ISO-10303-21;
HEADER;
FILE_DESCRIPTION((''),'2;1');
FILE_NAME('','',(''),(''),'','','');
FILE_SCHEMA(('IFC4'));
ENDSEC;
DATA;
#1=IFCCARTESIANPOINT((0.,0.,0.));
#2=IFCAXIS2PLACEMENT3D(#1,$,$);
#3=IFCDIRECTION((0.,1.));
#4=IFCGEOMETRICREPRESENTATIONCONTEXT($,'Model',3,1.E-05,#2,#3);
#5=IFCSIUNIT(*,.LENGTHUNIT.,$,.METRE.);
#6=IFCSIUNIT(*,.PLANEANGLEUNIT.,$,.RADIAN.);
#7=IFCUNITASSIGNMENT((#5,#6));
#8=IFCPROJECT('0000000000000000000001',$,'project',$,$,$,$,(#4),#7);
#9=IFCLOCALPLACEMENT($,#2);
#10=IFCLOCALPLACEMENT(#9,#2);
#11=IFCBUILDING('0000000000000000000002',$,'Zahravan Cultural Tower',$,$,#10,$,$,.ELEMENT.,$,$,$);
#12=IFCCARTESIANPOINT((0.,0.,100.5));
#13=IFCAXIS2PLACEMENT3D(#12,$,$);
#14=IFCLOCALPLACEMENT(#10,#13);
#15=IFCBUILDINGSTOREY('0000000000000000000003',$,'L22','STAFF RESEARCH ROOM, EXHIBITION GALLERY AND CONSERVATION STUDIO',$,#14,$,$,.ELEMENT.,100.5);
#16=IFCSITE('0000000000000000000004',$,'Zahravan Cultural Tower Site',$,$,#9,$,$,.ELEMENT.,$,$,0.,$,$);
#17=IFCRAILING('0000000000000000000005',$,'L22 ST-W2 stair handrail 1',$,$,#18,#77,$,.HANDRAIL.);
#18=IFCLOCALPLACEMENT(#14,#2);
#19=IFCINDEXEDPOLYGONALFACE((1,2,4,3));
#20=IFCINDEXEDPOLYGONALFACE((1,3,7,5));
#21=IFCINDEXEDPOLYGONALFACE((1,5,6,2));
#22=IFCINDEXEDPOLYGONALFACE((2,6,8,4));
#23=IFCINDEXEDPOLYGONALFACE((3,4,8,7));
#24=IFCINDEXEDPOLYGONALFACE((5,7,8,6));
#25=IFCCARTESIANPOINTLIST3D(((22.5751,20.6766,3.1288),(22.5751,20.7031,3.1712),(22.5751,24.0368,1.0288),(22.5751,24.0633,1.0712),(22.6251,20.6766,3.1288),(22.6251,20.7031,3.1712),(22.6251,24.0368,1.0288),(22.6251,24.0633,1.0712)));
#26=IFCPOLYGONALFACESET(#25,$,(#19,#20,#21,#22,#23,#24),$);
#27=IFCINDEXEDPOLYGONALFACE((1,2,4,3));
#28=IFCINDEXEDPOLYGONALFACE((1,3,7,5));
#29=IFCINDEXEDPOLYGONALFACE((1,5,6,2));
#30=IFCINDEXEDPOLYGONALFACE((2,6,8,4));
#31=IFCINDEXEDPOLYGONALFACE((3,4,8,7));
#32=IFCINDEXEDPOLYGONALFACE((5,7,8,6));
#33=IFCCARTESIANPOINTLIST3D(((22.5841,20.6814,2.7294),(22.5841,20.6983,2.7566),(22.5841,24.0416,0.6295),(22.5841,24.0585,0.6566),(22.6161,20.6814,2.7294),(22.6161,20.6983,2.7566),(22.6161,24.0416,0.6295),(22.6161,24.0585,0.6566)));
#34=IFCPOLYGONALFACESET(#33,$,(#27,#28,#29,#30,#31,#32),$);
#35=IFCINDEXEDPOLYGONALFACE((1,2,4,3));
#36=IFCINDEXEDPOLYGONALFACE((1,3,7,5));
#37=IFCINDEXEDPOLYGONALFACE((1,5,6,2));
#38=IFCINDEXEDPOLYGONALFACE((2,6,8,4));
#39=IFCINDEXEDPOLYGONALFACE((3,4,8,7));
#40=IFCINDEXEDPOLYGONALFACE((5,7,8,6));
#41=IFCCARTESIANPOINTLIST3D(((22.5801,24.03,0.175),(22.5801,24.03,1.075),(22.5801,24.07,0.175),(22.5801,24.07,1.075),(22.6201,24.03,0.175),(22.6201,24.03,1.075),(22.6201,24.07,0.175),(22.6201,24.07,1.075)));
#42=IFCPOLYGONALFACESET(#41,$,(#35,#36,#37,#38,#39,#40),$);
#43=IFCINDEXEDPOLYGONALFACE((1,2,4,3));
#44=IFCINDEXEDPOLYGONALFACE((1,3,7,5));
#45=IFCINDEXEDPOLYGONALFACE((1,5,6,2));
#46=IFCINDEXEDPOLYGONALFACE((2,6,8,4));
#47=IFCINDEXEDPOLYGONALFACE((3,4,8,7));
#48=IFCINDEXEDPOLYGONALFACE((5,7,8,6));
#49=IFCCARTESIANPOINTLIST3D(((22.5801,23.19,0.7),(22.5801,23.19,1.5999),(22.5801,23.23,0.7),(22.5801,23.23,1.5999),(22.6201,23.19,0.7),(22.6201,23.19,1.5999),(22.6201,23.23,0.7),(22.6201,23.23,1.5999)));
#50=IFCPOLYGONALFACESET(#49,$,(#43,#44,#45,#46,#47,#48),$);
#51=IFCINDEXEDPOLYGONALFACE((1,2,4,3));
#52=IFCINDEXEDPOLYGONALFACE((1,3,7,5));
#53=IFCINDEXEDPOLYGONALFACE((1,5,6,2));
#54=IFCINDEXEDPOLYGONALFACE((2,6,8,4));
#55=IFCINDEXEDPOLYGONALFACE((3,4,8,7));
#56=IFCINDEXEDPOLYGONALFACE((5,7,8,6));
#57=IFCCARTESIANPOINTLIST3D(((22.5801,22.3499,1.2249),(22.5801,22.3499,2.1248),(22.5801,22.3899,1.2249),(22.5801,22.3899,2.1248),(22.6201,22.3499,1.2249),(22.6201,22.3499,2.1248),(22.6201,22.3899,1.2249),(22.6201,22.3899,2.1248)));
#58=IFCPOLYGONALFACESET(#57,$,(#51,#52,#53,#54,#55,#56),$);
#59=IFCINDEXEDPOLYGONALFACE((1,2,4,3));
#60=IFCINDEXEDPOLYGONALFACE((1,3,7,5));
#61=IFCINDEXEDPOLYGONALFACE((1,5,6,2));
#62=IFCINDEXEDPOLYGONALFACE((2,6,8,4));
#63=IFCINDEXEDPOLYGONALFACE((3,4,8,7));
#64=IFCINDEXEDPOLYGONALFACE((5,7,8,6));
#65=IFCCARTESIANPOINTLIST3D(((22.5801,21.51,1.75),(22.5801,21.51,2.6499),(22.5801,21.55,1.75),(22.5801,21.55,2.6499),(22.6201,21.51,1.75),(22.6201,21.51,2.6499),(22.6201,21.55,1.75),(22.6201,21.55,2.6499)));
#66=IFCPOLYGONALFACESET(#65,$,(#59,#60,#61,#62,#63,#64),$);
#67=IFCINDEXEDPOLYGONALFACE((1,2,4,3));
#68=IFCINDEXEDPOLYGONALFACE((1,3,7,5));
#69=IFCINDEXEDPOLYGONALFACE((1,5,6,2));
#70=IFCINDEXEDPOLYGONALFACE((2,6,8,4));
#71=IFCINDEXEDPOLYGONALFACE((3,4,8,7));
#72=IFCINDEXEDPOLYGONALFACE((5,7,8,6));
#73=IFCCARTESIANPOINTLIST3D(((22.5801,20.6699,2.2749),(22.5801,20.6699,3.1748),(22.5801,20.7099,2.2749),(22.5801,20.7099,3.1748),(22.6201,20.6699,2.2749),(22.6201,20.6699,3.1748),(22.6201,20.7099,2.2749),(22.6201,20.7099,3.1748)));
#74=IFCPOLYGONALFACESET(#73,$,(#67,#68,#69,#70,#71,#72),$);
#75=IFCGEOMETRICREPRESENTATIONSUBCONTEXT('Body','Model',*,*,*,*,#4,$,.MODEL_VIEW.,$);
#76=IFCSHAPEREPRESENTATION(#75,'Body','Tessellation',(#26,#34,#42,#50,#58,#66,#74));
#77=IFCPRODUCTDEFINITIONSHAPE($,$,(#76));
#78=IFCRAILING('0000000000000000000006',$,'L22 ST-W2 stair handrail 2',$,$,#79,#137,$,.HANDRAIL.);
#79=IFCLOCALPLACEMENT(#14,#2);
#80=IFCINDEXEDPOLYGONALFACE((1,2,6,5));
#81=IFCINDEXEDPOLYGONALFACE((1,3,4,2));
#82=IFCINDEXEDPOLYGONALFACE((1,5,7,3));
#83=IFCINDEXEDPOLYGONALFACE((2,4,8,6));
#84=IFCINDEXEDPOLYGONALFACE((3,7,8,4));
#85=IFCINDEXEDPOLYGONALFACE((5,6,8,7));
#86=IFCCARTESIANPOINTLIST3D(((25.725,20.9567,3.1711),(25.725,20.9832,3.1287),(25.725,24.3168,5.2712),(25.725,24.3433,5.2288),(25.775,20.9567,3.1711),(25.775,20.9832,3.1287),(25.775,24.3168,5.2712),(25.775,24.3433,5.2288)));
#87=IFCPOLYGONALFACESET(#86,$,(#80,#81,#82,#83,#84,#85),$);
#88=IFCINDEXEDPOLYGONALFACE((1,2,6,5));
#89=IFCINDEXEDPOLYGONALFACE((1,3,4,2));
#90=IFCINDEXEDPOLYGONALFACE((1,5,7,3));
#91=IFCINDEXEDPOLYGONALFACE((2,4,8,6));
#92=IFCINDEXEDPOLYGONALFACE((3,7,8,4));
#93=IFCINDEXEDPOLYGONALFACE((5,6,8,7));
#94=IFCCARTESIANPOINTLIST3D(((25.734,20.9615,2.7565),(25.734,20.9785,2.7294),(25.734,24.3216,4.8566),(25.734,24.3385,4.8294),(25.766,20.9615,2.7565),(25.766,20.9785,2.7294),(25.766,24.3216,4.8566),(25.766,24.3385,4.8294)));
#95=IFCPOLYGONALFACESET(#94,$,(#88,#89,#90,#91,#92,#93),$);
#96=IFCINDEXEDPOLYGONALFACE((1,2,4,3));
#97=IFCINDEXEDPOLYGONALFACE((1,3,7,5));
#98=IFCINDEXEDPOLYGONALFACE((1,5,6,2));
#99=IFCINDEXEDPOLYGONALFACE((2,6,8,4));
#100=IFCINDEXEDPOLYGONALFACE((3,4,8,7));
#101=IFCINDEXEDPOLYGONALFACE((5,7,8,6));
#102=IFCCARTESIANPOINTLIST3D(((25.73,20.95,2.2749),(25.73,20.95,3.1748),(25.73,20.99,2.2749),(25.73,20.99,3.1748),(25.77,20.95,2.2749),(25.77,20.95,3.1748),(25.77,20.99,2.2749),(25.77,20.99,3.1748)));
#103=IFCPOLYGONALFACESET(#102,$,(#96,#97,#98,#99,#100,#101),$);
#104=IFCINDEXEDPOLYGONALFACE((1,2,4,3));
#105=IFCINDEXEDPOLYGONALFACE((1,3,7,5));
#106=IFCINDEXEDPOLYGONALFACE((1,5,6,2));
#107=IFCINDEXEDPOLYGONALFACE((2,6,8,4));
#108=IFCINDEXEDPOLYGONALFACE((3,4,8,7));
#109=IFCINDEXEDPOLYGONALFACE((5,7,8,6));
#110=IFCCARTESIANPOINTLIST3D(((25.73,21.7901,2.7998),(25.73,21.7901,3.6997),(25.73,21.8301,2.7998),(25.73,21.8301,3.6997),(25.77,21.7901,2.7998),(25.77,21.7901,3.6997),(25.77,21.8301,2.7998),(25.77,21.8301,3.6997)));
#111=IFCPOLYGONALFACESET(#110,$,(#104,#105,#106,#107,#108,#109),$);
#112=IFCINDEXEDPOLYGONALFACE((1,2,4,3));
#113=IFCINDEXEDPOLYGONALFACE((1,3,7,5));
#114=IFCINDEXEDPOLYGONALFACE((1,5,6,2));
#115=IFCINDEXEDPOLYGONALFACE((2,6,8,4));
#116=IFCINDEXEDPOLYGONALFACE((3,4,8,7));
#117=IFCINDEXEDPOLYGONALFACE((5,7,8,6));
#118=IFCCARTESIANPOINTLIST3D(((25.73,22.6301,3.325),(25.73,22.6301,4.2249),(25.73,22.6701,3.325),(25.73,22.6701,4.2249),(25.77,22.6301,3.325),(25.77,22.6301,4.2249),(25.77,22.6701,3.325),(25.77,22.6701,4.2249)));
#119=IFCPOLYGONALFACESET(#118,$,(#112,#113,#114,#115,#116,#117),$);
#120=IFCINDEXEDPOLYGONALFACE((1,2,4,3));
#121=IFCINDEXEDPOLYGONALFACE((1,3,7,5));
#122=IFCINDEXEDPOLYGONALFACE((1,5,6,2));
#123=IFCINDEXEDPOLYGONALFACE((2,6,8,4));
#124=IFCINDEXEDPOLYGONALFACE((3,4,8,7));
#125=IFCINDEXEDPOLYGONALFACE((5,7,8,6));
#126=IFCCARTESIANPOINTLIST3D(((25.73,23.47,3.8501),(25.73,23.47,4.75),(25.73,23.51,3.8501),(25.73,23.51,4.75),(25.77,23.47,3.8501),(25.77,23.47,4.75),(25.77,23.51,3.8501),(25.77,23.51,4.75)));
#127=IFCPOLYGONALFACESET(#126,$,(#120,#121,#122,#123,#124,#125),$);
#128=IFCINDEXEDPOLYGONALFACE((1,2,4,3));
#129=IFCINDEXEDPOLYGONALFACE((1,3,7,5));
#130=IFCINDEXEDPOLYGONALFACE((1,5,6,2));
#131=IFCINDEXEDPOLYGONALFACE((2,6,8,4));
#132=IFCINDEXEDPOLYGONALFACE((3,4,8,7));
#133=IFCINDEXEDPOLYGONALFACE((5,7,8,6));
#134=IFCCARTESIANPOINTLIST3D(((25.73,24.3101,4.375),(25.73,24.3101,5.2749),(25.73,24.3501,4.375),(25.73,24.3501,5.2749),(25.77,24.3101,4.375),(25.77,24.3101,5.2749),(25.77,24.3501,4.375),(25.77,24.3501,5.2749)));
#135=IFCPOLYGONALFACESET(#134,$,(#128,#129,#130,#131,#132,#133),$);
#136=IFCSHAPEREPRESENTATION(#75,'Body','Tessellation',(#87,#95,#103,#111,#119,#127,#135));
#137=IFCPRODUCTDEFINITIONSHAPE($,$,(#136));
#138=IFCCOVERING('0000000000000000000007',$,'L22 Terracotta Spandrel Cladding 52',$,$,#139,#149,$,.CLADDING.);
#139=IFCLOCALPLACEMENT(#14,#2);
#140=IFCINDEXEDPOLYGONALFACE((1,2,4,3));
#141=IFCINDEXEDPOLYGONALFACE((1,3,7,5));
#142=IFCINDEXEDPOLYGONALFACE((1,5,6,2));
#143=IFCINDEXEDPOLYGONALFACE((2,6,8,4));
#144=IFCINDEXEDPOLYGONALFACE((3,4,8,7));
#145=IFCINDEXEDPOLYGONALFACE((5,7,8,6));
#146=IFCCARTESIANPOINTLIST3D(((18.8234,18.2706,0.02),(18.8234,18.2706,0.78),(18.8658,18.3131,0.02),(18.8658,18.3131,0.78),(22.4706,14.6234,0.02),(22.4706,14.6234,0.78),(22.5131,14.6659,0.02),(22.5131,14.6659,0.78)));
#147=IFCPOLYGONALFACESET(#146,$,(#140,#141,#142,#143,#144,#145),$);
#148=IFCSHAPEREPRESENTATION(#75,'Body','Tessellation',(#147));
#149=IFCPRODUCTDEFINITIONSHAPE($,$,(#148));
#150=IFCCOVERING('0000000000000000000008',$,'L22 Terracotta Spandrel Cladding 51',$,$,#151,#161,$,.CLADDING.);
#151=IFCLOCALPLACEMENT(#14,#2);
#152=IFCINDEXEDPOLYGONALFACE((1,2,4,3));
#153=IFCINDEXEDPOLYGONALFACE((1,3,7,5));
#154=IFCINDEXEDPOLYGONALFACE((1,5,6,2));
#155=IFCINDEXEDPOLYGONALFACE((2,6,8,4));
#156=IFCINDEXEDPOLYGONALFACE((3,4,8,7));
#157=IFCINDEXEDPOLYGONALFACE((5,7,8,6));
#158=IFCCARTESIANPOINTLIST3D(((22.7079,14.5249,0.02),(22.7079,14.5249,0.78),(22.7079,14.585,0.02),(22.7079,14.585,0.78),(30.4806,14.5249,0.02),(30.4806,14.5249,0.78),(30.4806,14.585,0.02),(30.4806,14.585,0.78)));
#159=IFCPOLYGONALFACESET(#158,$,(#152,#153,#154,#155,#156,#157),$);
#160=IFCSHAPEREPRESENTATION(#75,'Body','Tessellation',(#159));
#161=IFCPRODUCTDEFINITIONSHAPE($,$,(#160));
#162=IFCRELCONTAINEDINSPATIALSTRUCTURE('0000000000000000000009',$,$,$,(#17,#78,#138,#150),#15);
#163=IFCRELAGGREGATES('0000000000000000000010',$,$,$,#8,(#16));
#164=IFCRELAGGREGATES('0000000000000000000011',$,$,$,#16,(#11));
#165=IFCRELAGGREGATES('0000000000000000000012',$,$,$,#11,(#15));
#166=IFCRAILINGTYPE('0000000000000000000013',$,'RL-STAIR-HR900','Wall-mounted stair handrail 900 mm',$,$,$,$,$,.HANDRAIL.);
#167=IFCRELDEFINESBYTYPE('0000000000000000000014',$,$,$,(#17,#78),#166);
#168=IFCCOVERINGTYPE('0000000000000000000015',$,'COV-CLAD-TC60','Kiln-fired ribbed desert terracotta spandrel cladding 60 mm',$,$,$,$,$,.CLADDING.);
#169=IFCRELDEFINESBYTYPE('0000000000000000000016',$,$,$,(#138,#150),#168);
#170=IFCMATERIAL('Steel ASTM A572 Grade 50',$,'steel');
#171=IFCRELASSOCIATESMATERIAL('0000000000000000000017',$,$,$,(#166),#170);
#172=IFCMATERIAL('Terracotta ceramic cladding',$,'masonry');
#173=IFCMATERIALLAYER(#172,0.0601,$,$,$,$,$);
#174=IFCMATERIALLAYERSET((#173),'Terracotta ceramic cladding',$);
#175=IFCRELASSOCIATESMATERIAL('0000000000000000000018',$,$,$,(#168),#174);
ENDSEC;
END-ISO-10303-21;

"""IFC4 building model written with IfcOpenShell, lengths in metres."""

from ifc_helpers import new_model, si_unit, direction, frame, origin, origin_2d, place, context, subcontext, project, spatial, rectangle, extrude, source, transform, mapped, material, layer, layer_set, type_object, element, save


model = new_model("IFC4")

# Units and contexts
model_context = context("Model", 3, precision=1e-05, world=origin(), true_north=direction((0.0, 1.0)))
body_context = subcontext(model_context, "Body", "Model", "MODEL_VIEW")
ifc_project = project(units=[si_unit("LENGTHUNIT", "METRE"), si_unit("PLANEANGLEUNIT", "RADIAN")], contexts=[model_context])

# Site, building, storey
site_placement = place(None, origin())
site = spatial("IfcSite", under=ifc_project, at=site_placement, Name="Zahravan Cultural Tower Site", CompositionType="ELEMENT", RefElevation=0.0)
building_placement = place(site_placement, origin())
building = spatial("IfcBuilding", under=site, at=building_placement, Name="Zahravan Cultural Tower", CompositionType="ELEMENT")
storey_placement = place(building_placement, frame((0.0, 0.0, 100.5)))
storey = spatial("IfcBuildingStorey", under=building, at=storey_placement, Name="L22", Description="STAFF RESEARCH ROOM, EXHIBITION GALLERY AND CONSERVATION STUDIO", CompositionType="ELEMENT", Elevation=100.5)

# Shared definitions
ifc_material_1 = material(Name="Steel ASTM A572 Grade 50", Category="steel")

# Railings
railing_type_1 = type_object("IfcRailingType", Name="RL-STAIR-HR900", Description="Wall-mounted stair handrail 900 mm", PredefinedType="HANDRAIL", material=ifc_material_1)
railing_1_placement = place(storey_placement, frame((22.6001, 24.05, 0.175)))
element("IfcRailing", 1, at=railing_1_placement, inside=storey, type_object=railing_type_1, Name="L22 ST-W2 stair handrail 1", PredefinedType="HANDRAIL", context=body_context, shape_type="SweptSolid", body=[
    extrude(rectangle(XDim=0.05, YDim=0.05, at=origin_2d()), frame((0.0, 0.0, 0.875), z_axis=(0.0, -0.848023, 0.52996), x_axis=(1.0, 0.0, 0.0)), (0.0, 0.0, 1.0), 3.9624),
    extrude(rectangle(XDim=0.032, YDim=0.032, at=origin_2d()), frame((0.0, 0.0, 0.468), z_axis=(0.0, -0.848023, 0.52996), x_axis=(1.0, 0.0, 0.0)), (0.0, 0.0, 1.0), 3.9624),
    extrude(rectangle(XDim=0.04, YDim=0.04, at=origin_2d()), origin(), (0.0, 0.0, 1.0), 0.8999),
    extrude(rectangle(XDim=0.04, YDim=0.04, at=origin_2d()), frame((0.0, -0.8401, 0.5249)), (0.0, 0.0, 1.0), 0.8999),
    extrude(rectangle(XDim=0.04, YDim=0.04, at=origin_2d()), frame((0.0, -1.6802, 1.0498)), (0.0, 0.0, 1.0), 0.8999),
    extrude(rectangle(XDim=0.04, YDim=0.04, at=origin_2d()), frame((0.0, -2.52, 1.575)), (0.0, 0.0, 1.0), 0.8999),
    extrude(rectangle(XDim=0.04, YDim=0.04, at=origin_2d()), frame((0.0, -3.3601, 2.0999)), (0.0, 0.0, 1.0), 0.8999),
])
railing_2_placement = place(storey_placement, frame((25.75, 20.97, 2.2749)))
element("IfcRailing", 2, at=railing_2_placement, inside=storey, type_object=railing_type_1, Name="L22 ST-W2 stair handrail 2", PredefinedType="HANDRAIL", context=body_context, shape_type="SweptSolid", body=[
    extrude(rectangle(XDim=0.05, YDim=0.05, at=origin_2d()), frame((0.0, 0.0, 0.875), z_axis=(0.0, 0.847995, 0.530004), x_axis=(-1.0, 0.0, 0.0)), (0.0, 0.0, 1.0), 3.9624),
    extrude(rectangle(XDim=0.032, YDim=0.032, at=origin_2d()), frame((0.0, 0.0, 0.468), z_axis=(0.0, 0.847995, 0.530004), x_axis=(-1.0, 0.0, 0.0)), (0.0, 0.0, 1.0), 3.9624),
    extrude(rectangle(XDim=0.04, YDim=0.04, at=origin_2d()), origin(), (0.0, 0.0, 1.0), 0.8999),
    extrude(rectangle(XDim=0.04, YDim=0.04, at=origin_2d()), frame((0.0, 0.8401, 0.5249)), (0.0, 0.0, 1.0), 0.8999),
    extrude(rectangle(XDim=0.04, YDim=0.04, at=origin_2d()), frame((0.0, 1.6802, 1.05)), (0.0, 0.0, 1.0), 0.8999),
    extrude(rectangle(XDim=0.04, YDim=0.04, at=origin_2d()), frame((0.0, 2.52, 1.5752)), (0.0, 0.0, 1.0), 0.8999),
    extrude(rectangle(XDim=0.04, YDim=0.04, at=origin_2d()), frame((0.0, 3.3601, 2.1001)), (0.0, 0.0, 1.0), 0.8999),
])

# Coverings
ifc_material_2 = material(Name="Terracotta ceramic cladding", Category="masonry")
ifc_layer_1 = layer(ifc_material_2, 0.0601)
ifc_layer_set_1 = layer_set([ifc_layer_1], Name="Terracotta ceramic cladding")
covering_type = type_object("IfcCoveringType", Name="COV-CLAD-TC60", Description="Kiln-fired ribbed desert terracotta spandrel cladding 60 mm", PredefinedType="CLADDING", material=ifc_layer_set_1)
shared_shape_1 = source(origin(), body_context, "Body", "SweptSolid", [
    extrude(rectangle(XDim=5.158, YDim=0.0601, at=origin_2d()), origin(), (0.0, 0.0, 1.0), 0.76),
])
covering_1_placement = place(storey_placement, frame((20.6682, 16.4683, 0.02), z_axis=(0.0, 0.0, 1.0), x_axis=(-0.707107, 0.707107, 0.0)))
element("IfcCovering", 3, at=covering_1_placement, inside=storey, type_object=covering_type, Name="L22 Terracotta Spandrel Cladding 52", PredefinedType="CLADDING", context=body_context, shape_type="MappedRepresentation", body=[
    mapped(shared_shape_1, transform((0.0, 0.0, 0.0), x_axis=(1.0, 0.0, 0.0), y_axis=(0.0, 1.0, 0.0), z_axis=(0.0, 0.0, 1.0), scale=1.0)),
])
shared_shape_2 = source(origin(), body_context, "Body", "SweptSolid", [
    extrude(rectangle(XDim=7.7727, YDim=0.0601, at=origin_2d()), origin(), (0.0, 0.0, 1.0), 0.76),
])
covering_2_placement = place(storey_placement, frame((26.5942, 14.5549, 0.02), z_axis=(0.0, 0.0, 1.0), x_axis=(-1.0, 0.0, 0.0)))
element("IfcCovering", 4, at=covering_2_placement, inside=storey, type_object=covering_type, Name="L22 Terracotta Spandrel Cladding 51", PredefinedType="CLADDING", context=body_context, shape_type="MappedRepresentation", body=[
    mapped(shared_shape_2, transform((0.0, 0.0, 0.0), x_axis=(1.0, 0.0, 0.0), y_axis=(0.0, 1.0, 0.0), z_axis=(0.0, 0.0, 1.0), scale=1.0)),
])

save(model, "model.ifc")
